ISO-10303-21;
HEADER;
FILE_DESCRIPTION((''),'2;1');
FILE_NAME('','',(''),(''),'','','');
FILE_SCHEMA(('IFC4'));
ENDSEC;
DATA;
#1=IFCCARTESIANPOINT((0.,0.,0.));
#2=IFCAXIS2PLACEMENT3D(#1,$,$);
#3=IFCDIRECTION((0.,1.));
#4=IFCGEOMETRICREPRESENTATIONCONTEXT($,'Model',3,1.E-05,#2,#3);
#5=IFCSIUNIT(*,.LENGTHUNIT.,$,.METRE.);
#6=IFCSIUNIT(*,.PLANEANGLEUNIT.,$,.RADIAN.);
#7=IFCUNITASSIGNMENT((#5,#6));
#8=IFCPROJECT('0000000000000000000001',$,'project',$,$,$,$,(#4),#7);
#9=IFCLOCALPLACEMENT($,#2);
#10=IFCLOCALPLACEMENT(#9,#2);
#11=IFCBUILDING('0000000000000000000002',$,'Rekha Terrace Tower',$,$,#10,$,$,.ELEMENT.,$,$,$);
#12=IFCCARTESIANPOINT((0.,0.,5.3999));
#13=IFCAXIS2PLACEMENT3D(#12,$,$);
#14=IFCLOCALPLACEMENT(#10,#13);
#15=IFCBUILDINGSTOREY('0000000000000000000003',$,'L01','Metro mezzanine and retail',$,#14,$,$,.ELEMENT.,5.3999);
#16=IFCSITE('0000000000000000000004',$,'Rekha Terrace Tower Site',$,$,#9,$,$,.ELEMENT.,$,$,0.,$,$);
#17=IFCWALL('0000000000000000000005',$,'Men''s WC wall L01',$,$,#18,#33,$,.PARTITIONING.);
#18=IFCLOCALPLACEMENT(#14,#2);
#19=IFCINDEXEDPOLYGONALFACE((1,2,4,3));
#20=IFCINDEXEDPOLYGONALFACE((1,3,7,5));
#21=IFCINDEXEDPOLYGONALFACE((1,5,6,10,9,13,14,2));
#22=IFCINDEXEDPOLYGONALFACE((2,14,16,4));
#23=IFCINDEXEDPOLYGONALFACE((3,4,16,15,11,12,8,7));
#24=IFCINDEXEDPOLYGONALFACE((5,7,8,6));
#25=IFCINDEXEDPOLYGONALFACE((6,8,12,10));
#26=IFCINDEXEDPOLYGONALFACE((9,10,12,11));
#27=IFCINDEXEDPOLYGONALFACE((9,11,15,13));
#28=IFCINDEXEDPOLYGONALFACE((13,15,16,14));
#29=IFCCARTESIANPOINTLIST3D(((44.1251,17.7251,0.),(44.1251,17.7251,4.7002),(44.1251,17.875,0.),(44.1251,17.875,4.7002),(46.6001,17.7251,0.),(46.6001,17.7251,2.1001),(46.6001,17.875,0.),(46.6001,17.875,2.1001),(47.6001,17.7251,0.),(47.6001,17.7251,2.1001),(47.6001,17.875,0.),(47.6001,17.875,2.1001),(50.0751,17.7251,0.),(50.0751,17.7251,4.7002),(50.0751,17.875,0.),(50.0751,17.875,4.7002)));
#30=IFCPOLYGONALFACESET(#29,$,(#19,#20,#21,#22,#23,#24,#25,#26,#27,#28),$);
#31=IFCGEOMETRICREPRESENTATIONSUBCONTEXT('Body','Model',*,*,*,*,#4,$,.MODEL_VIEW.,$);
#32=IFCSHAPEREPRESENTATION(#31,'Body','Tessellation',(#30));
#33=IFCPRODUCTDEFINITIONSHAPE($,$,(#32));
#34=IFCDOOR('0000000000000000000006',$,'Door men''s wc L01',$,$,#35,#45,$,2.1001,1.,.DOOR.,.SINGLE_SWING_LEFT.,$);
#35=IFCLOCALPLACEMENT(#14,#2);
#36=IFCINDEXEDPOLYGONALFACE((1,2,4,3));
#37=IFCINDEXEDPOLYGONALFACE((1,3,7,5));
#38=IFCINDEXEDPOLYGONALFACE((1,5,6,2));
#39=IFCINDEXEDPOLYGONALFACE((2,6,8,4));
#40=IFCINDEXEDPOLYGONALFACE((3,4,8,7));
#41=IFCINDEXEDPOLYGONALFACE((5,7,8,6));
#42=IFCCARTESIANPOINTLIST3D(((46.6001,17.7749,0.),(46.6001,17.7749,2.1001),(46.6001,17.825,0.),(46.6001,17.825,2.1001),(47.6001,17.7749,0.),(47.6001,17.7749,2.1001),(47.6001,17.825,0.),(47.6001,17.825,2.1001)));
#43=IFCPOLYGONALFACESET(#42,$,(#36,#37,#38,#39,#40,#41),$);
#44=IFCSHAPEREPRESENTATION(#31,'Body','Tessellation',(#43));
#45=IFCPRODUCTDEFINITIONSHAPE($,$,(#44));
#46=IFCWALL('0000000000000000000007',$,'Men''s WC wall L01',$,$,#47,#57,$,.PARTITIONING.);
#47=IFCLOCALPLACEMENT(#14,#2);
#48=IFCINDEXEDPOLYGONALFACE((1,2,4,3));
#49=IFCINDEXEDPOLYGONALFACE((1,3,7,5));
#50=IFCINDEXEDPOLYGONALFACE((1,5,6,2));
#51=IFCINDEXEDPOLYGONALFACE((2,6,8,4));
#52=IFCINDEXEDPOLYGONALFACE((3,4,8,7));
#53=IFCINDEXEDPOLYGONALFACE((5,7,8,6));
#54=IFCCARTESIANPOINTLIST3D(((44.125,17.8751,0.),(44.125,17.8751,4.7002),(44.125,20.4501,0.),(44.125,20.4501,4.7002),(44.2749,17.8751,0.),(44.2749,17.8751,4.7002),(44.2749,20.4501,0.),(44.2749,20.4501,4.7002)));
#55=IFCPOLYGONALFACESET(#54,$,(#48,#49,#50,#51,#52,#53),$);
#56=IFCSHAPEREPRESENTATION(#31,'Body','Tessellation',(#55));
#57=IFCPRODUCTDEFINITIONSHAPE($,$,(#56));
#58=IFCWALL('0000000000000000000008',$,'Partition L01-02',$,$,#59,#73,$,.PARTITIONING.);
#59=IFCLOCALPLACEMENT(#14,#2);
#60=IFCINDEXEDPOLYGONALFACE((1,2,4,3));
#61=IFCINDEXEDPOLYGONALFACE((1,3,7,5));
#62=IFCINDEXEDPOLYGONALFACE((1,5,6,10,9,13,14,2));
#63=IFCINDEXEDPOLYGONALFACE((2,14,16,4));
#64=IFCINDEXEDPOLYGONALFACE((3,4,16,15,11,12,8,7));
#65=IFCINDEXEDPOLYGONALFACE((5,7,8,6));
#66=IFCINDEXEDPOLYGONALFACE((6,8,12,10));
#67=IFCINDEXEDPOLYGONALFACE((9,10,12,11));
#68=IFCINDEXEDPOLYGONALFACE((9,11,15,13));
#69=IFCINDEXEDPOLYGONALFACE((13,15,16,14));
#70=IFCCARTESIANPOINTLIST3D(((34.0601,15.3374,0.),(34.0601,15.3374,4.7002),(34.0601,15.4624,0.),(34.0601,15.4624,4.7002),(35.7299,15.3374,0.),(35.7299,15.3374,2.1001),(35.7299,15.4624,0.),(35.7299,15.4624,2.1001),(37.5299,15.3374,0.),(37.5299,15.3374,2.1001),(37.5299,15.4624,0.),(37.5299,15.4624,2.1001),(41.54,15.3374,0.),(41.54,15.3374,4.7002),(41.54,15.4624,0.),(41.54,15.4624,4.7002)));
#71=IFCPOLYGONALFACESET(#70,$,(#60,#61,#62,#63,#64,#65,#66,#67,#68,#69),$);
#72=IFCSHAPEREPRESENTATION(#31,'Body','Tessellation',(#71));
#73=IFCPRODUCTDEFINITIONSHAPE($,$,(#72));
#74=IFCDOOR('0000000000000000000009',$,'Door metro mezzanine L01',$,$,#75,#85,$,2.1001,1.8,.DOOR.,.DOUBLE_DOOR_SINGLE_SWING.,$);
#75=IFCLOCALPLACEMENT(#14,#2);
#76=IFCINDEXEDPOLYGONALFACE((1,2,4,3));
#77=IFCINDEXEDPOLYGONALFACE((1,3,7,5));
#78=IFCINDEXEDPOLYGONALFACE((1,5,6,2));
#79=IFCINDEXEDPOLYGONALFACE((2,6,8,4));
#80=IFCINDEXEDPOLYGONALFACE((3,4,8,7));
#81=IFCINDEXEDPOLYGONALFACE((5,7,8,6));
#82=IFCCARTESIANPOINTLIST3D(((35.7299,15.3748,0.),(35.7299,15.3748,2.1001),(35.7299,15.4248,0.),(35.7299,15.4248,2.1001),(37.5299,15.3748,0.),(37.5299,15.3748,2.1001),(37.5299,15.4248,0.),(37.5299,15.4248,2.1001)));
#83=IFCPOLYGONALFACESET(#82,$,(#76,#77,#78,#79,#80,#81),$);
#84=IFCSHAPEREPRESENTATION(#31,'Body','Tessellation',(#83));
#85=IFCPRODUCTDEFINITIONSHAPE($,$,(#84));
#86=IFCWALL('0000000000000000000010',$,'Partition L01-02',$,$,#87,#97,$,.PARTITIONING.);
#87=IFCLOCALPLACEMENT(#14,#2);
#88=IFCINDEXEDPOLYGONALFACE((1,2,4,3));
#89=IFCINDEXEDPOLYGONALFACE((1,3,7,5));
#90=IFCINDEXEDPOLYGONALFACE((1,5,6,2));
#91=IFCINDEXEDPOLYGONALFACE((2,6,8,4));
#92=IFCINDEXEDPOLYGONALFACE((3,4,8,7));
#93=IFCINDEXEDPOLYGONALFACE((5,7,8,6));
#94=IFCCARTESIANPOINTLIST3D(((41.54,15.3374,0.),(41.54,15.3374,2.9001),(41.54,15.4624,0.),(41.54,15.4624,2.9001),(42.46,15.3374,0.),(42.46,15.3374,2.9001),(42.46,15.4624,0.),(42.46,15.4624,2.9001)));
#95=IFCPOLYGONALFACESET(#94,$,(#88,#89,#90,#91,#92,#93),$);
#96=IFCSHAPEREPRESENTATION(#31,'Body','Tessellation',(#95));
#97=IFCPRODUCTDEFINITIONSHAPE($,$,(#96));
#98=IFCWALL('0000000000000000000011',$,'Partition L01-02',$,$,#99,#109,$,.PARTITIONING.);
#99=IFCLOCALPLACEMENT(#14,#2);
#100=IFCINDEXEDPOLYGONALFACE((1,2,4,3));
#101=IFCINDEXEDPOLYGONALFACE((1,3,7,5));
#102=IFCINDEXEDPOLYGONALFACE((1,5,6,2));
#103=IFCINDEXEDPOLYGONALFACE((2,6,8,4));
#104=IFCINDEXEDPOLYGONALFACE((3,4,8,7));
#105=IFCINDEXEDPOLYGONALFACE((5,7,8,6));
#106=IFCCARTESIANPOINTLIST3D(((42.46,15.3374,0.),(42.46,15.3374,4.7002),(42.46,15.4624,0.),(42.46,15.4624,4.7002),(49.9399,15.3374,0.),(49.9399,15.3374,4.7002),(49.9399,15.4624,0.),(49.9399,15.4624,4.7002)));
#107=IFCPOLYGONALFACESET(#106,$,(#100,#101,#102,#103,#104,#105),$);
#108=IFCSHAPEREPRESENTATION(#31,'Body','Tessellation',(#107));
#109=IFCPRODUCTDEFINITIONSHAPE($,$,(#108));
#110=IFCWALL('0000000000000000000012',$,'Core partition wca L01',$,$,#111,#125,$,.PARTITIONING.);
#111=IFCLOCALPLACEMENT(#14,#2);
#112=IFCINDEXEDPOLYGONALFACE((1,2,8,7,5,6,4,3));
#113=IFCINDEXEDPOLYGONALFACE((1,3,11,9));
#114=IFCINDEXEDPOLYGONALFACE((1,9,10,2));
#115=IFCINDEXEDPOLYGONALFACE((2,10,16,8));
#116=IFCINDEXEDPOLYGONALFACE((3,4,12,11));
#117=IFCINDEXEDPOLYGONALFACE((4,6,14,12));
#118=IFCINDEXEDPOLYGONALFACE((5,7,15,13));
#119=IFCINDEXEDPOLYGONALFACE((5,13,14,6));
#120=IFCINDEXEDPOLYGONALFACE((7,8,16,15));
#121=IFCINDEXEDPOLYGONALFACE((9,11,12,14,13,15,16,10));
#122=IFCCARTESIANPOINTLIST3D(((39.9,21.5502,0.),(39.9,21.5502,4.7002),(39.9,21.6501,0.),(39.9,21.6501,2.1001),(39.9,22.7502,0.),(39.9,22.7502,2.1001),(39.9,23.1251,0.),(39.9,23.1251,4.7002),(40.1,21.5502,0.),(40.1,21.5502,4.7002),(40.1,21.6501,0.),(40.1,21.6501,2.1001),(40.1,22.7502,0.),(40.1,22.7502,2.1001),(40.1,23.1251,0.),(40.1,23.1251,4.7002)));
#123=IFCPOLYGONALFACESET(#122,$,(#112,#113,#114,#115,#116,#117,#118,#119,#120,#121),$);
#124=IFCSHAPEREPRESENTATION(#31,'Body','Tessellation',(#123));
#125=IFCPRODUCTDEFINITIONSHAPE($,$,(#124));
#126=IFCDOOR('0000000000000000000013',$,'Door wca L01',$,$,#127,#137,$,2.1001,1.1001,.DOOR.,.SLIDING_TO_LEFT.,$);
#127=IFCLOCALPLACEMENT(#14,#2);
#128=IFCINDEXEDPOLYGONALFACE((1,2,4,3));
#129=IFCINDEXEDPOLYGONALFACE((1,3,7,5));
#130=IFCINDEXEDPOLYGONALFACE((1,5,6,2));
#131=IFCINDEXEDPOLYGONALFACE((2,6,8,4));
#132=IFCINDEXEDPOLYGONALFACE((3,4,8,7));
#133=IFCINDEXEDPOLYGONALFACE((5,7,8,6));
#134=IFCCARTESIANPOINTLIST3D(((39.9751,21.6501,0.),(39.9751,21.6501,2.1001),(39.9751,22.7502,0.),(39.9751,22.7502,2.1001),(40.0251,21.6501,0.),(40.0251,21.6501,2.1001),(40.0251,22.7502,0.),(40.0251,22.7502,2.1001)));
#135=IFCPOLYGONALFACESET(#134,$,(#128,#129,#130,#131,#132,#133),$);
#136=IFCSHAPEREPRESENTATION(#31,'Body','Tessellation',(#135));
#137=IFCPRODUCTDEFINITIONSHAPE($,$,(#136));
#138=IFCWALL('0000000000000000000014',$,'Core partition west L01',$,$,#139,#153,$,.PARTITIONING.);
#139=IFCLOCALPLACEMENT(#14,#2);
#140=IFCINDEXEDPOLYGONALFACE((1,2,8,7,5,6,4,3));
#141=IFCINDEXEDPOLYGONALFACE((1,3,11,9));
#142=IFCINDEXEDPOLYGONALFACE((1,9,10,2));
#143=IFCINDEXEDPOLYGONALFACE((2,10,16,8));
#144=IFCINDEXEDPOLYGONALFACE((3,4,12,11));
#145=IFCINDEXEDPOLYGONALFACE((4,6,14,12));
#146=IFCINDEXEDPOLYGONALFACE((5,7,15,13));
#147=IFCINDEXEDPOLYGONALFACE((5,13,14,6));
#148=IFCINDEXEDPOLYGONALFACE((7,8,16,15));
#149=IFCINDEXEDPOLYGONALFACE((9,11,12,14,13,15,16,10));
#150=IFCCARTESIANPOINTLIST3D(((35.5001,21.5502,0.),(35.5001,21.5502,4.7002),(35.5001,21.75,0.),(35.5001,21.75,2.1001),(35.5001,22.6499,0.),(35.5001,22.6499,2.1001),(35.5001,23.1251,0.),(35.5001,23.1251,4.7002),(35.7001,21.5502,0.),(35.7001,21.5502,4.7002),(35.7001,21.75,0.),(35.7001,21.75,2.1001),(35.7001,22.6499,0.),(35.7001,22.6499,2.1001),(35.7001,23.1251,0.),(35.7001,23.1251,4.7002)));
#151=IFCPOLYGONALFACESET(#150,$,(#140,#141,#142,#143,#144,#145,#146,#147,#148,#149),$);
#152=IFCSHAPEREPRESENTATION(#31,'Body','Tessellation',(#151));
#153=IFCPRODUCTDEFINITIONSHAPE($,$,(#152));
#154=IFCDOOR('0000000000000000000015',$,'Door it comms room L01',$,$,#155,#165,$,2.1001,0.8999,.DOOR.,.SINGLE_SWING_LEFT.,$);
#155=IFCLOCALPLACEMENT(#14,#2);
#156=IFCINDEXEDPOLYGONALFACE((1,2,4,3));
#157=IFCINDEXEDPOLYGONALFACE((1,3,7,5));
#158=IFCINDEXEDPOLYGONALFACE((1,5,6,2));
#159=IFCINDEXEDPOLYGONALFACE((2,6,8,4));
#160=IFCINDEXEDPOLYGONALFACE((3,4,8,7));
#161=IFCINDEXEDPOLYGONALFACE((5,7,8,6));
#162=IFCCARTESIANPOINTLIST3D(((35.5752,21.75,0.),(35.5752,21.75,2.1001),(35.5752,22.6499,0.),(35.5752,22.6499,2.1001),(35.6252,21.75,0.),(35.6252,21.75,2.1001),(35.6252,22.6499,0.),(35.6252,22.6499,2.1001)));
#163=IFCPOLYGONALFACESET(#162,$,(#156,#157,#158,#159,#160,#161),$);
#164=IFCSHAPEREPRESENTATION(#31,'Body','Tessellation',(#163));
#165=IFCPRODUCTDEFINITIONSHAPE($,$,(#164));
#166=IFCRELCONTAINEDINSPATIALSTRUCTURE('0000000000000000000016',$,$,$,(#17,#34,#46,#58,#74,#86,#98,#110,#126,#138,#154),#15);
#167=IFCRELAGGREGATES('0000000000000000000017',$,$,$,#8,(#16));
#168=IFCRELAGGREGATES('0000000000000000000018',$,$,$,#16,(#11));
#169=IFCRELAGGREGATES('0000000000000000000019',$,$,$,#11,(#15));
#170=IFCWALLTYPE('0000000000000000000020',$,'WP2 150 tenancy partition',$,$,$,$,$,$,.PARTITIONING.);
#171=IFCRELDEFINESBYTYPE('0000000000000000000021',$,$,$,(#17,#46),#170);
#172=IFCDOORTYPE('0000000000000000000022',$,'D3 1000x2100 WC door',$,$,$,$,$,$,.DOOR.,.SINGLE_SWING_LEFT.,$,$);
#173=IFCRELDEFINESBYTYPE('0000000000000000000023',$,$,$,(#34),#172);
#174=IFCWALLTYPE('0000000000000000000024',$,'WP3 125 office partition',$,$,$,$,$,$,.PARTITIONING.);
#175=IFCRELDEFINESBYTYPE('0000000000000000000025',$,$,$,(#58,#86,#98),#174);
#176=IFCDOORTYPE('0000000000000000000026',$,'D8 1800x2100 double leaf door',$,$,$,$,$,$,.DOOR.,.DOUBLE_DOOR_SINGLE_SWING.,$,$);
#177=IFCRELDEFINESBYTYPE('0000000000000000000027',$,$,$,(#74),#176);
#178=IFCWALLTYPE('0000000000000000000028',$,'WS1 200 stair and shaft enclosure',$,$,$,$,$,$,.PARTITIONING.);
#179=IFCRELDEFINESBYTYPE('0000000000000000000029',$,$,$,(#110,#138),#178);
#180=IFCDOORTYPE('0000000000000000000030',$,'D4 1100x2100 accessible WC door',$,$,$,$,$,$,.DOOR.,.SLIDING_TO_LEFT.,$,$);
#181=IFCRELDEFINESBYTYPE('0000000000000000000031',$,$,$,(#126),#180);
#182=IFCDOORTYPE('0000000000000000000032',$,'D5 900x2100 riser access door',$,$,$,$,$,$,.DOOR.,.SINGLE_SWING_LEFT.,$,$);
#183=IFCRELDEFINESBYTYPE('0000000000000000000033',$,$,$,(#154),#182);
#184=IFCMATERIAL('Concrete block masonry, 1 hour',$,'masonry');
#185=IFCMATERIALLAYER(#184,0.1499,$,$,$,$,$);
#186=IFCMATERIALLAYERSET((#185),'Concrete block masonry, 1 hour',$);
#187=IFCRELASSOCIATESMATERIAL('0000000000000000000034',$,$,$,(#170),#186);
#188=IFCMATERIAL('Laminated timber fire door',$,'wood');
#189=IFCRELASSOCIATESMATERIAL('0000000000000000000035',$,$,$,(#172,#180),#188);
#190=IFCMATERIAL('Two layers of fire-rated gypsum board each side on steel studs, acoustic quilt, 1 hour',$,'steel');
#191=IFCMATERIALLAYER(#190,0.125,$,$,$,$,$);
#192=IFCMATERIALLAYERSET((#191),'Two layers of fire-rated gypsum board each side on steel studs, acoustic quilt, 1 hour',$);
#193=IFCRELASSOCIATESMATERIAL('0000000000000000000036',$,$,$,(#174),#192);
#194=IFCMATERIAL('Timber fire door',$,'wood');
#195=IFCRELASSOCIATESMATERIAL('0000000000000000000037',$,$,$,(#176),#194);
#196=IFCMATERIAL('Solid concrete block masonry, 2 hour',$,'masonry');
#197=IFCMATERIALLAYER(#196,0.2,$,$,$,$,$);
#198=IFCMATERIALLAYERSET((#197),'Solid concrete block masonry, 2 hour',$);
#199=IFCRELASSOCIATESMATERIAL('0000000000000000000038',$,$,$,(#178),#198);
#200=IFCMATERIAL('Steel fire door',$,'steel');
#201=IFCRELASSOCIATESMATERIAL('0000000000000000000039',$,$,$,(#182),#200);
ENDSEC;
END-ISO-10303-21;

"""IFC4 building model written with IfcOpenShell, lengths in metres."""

from ifc_helpers import new_model, si_unit, direction, frame, frame_2d, origin, place, context, subcontext, project, spatial, rectangle, extrude, material, layer, layer_set, type_object, element, fill, save


model = new_model("IFC4")

# Units and contexts
model_context = context("Model", 3, precision=1e-05, world=origin(), true_north=direction((0.0, 1.0)))
body_context = subcontext(model_context, "Body", "Model", "MODEL_VIEW")
ifc_project = project(units=[si_unit("LENGTHUNIT", "METRE"), si_unit("PLANEANGLEUNIT", "RADIAN")], contexts=[model_context])

# Site, building, storey
site_placement = place(None, origin())
site = spatial("IfcSite", under=ifc_project, at=site_placement, Name="Rekha Terrace Tower Site", CompositionType="ELEMENT", RefElevation=0.0)
building_placement = place(site_placement, origin())
building = spatial("IfcBuilding", under=site, at=building_placement, Name="Rekha Terrace Tower", CompositionType="ELEMENT")
storey_placement = place(building_placement, frame((0.0, 0.0, 5.3999)))
storey = spatial("IfcBuildingStorey", under=building, at=storey_placement, Name="L01", Description="Metro mezzanine and retail", CompositionType="ELEMENT", Elevation=5.3999)

# Shared definitions
ifc_material_1 = material(Name="Concrete block masonry, 1 hour", Category="masonry")
ifc_layer_1 = layer(ifc_material_1, 0.1499)
ifc_layer_set_1 = layer_set([ifc_layer_1], Name="Concrete block masonry, 1 hour")
wall_type_1 = type_object("IfcWallType", Name="WP2 150 tenancy partition", PredefinedType="PARTITIONING", material=ifc_layer_set_1)

# Wall, opening, door
wall_1_placement = place(storey_placement, frame((44.125, 17.8, 0.0), z_axis=(0.0, 0.0, 1.0), x_axis=(1.0, 0.0, 0.0)))
wall_1 = element("IfcWall", 1, at=wall_1_placement, inside=storey, type_object=wall_type_1, Name="Men's WC wall L01", PredefinedType="PARTITIONING", context=body_context, shape_type="SweptSolid", body=[
    extrude(rectangle(XDim=5.95, YDim=0.1499, at=frame_2d((2.9751, 0.0))), origin(), (0.0, 0.0, 1.0), 4.7002),
])
opening_1_placement = place(wall_1_placement, frame((2.4751, 0.0, 0.0)))
opening_1 = element("IfcOpeningElement", 2, at=opening_1_placement, cuts=wall_1, PredefinedType="OPENING", context=body_context, shape_type="SweptSolid", body=[
    extrude(rectangle(XDim=1.0, YDim=2.1001, at=frame_2d((0.5, 1.05))), frame((0.0, 0.085, 0.0), z_axis=(0.0, -1.0, 0.0), x_axis=(1.0, 0.0, 0.0)), (0.0, 0.0, 1.0), 0.1699),
])
ifc_material_2 = material(Name="Laminated timber fire door", Category="wood")
door_type_1 = type_object("IfcDoorType", Name="D3 1000x2100 WC door", OperationType="SINGLE_SWING_LEFT", PredefinedType="DOOR", material=ifc_material_2)
door_1_placement = place(opening_1_placement, origin())
door_1 = element("IfcDoor", 3, at=door_1_placement, inside=storey, type_object=door_type_1, Name="Door men's wc L01", OperationType="SINGLE_SWING_LEFT", OverallHeight=2.1001, OverallWidth=1.0, PredefinedType="DOOR", context=body_context, shape_type="SweptSolid", body=[
    extrude(rectangle(XDim=1.0, YDim=2.1001, at=frame_2d((0.5, 1.05))), frame((0.0, 0.0249, 0.0), z_axis=(0.0, -1.0, 0.0), x_axis=(1.0, 0.0, 0.0)), (0.0, 0.0, 1.0), 0.05),
])
fill(opening_1, door_1)

# Wall
wall_2_placement = place(storey_placement, frame((44.2, 17.875, 0.0), z_axis=(0.0, 0.0, 1.0), x_axis=(0.0, 1.0, 0.0)))
element("IfcWall", 4, at=wall_2_placement, inside=storey, type_object=wall_type_1, Name="Men's WC wall L01", PredefinedType="PARTITIONING", context=body_context, shape_type="SweptSolid", body=[
    extrude(rectangle(XDim=2.575, YDim=0.1499, at=frame_2d((1.2876, 0.0))), origin(), (0.0, 0.0, 1.0), 4.7002),
])

# Wall, opening, door
ifc_material_3 = material(Name="Two layers of fire-rated gypsum board each side on steel studs, acoustic quilt, 1 hour", Category="steel")
ifc_layer_2 = layer(ifc_material_3, 0.125)
ifc_layer_set_2 = layer_set([ifc_layer_2], Name="Two layers of fire-rated gypsum board each side on steel studs, acoustic quilt, 1 hour")
wall_type_2 = type_object("IfcWallType", Name="WP3 125 office partition", PredefinedType="PARTITIONING", material=ifc_layer_set_2)
wall_3_placement = place(storey_placement, frame((34.0601, 15.3999, 0.0), z_axis=(0.0, 0.0, 1.0), x_axis=(1.0, 0.0, 0.0)))
wall_3 = element("IfcWall", 5, at=wall_3_placement, inside=storey, type_object=wall_type_2, Name="Partition L01-02", PredefinedType="PARTITIONING", context=body_context, shape_type="SweptSolid", body=[
    extrude(rectangle(XDim=7.48, YDim=0.125, at=frame_2d((3.74, 0.0))), origin(), (0.0, 0.0, 1.0), 4.7002),
])
opening_2_placement = place(wall_3_placement, frame((1.6699, 0.0, 0.0)))
opening_2 = element("IfcOpeningElement", 6, at=opening_2_placement, cuts=wall_3, PredefinedType="OPENING", context=body_context, shape_type="SweptSolid", body=[
    extrude(rectangle(XDim=1.8, YDim=2.1001, at=frame_2d((0.8999, 1.05))), frame((0.0, 0.0725, 0.0), z_axis=(0.0, -1.0, 0.0), x_axis=(1.0, 0.0, 0.0)), (0.0, 0.0, 1.0), 0.145),
])
ifc_material_4 = material(Name="Timber fire door", Category="wood")
door_type_2 = type_object("IfcDoorType", Name="D8 1800x2100 double leaf door", OperationType="DOUBLE_DOOR_SINGLE_SWING", PredefinedType="DOOR", material=ifc_material_4)
door_2_placement = place(opening_2_placement, origin())
door_2 = element("IfcDoor", 7, at=door_2_placement, inside=storey, type_object=door_type_2, Name="Door metro mezzanine L01", OperationType="DOUBLE_DOOR_SINGLE_SWING", OverallHeight=2.1001, OverallWidth=1.8, PredefinedType="DOOR", context=body_context, shape_type="SweptSolid", body=[
    extrude(rectangle(XDim=1.8, YDim=2.1001, at=frame_2d((0.8999, 1.05))), frame((0.0, 0.0249, 0.0), z_axis=(0.0, -1.0, 0.0), x_axis=(1.0, 0.0, 0.0)), (0.0, 0.0, 1.0), 0.05),
])
fill(opening_2, door_2)

# Walls
wall_4_placement = place(storey_placement, frame((41.54, 15.3999, 0.0), z_axis=(0.0, 0.0, 1.0), x_axis=(1.0, 0.0, 0.0)))
element("IfcWall", 8, at=wall_4_placement, inside=storey, type_object=wall_type_2, Name="Partition L01-02", PredefinedType="PARTITIONING", context=body_context, shape_type="SweptSolid", body=[
    extrude(rectangle(XDim=0.9199, YDim=0.125, at=frame_2d((0.46, 0.0))), origin(), (0.0, 0.0, 1.0), 2.9001),
])
wall_5_placement = place(storey_placement, frame((42.46, 15.3999, 0.0), z_axis=(0.0, 0.0, 1.0), x_axis=(1.0, 0.0, 0.0)))
element("IfcWall", 9, at=wall_5_placement, inside=storey, type_object=wall_type_2, Name="Partition L01-02", PredefinedType="PARTITIONING", context=body_context, shape_type="SweptSolid", body=[
    extrude(rectangle(XDim=7.48, YDim=0.125, at=frame_2d((3.74, 0.0))), origin(), (0.0, 0.0, 1.0), 4.7002),
])

# Walls, openings, doors
ifc_material_5 = material(Name="Solid concrete block masonry, 2 hour", Category="masonry")
ifc_layer_3 = layer(ifc_material_5, 0.2)
ifc_layer_set_3 = layer_set([ifc_layer_3], Name="Solid concrete block masonry, 2 hour")
wall_type_3 = type_object("IfcWallType", Name="WS1 200 stair and shaft enclosure", PredefinedType="PARTITIONING", material=ifc_layer_set_3)
wall_6_placement = place(storey_placement, frame((40.0, 21.55, 0.0), z_axis=(0.0, 0.0, 1.0), x_axis=(0.0, 1.0, 0.0)))
wall_6 = element("IfcWall", 10, at=wall_6_placement, inside=storey, type_object=wall_type_3, Name="Core partition wca L01", PredefinedType="PARTITIONING", context=body_context, shape_type="SweptSolid", body=[
    extrude(rectangle(XDim=1.575, YDim=0.2, at=frame_2d((0.7876, 0.0))), origin(), (0.0, 0.0, 1.0), 4.7002),
])
opening_3_placement = place(wall_6_placement, frame((0.1001, 0.0, 0.0)))
opening_3 = element("IfcOpeningElement", 11, at=opening_3_placement, cuts=wall_6, PredefinedType="OPENING", context=body_context, shape_type="SweptSolid", body=[
    extrude(rectangle(XDim=1.1001, YDim=2.1001, at=frame_2d((0.55, 1.05))), frame((0.0, 0.1099, 0.0), z_axis=(0.0, -1.0, 0.0), x_axis=(1.0, 0.0, 0.0)), (0.0, 0.0, 1.0), 0.22),
])
door_type_3 = type_object("IfcDoorType", Name="D4 1100x2100 accessible WC door", OperationType="SLIDING_TO_LEFT", PredefinedType="DOOR", material=ifc_material_2)
door_3_placement = place(opening_3_placement, origin())
door_3 = element("IfcDoor", 12, at=door_3_placement, inside=storey, type_object=door_type_3, Name="Door wca L01", OperationType="SLIDING_TO_LEFT", OverallHeight=2.1001, OverallWidth=1.1001, PredefinedType="DOOR", context=body_context, shape_type="SweptSolid", body=[
    extrude(rectangle(XDim=1.1001, YDim=2.1001, at=frame_2d((0.55, 1.05))), frame((0.0, 0.0249, 0.0), z_axis=(0.0, -1.0, 0.0), x_axis=(1.0, 0.0, 0.0)), (0.0, 0.0, 1.0), 0.05),
])
fill(opening_3, door_3)
wall_7_placement = place(storey_placement, frame((35.6001, 21.55, 0.0), z_axis=(0.0, 0.0, 1.0), x_axis=(0.0, 1.0, 0.0)))
wall_7 = element("IfcWall", 13, at=wall_7_placement, inside=storey, type_object=wall_type_3, Name="Core partition west L01", PredefinedType="PARTITIONING", context=body_context, shape_type="SweptSolid", body=[
    extrude(rectangle(XDim=1.575, YDim=0.2, at=frame_2d((0.7876, 0.0))), origin(), (0.0, 0.0, 1.0), 4.7002),
])
opening_4_placement = place(wall_7_placement, frame((0.2, 0.0, 0.0)))
opening_4 = element("IfcOpeningElement", 14, at=opening_4_placement, cuts=wall_7, PredefinedType="OPENING", context=body_context, shape_type="SweptSolid", body=[
    extrude(rectangle(XDim=0.8999, YDim=2.1001, at=frame_2d((0.45, 1.05))), frame((0.0, 0.1099, 0.0), z_axis=(0.0, -1.0, 0.0), x_axis=(1.0, 0.0, 0.0)), (0.0, 0.0, 1.0), 0.22),
])
ifc_material_6 = material(Name="Steel fire door", Category="steel")
door_type_4 = type_object("IfcDoorType", Name="D5 900x2100 riser access door", OperationType="SINGLE_SWING_LEFT", PredefinedType="DOOR", material=ifc_material_6)
door_4_placement = place(opening_4_placement, origin())
door_4 = element("IfcDoor", 15, at=door_4_placement, inside=storey, type_object=door_type_4, Name="Door it comms room L01", OperationType="SINGLE_SWING_LEFT", OverallHeight=2.1001, OverallWidth=0.8999, PredefinedType="DOOR", context=body_context, shape_type="SweptSolid", body=[
    extrude(rectangle(XDim=0.8999, YDim=2.1001, at=frame_2d((0.45, 1.05))), frame((0.0, 0.0249, 0.0), z_axis=(0.0, -1.0, 0.0), x_axis=(1.0, 0.0, 0.0)), (0.0, 0.0, 1.0), 0.05),
])
fill(opening_4, door_4)

save(model, "model.ifc")
